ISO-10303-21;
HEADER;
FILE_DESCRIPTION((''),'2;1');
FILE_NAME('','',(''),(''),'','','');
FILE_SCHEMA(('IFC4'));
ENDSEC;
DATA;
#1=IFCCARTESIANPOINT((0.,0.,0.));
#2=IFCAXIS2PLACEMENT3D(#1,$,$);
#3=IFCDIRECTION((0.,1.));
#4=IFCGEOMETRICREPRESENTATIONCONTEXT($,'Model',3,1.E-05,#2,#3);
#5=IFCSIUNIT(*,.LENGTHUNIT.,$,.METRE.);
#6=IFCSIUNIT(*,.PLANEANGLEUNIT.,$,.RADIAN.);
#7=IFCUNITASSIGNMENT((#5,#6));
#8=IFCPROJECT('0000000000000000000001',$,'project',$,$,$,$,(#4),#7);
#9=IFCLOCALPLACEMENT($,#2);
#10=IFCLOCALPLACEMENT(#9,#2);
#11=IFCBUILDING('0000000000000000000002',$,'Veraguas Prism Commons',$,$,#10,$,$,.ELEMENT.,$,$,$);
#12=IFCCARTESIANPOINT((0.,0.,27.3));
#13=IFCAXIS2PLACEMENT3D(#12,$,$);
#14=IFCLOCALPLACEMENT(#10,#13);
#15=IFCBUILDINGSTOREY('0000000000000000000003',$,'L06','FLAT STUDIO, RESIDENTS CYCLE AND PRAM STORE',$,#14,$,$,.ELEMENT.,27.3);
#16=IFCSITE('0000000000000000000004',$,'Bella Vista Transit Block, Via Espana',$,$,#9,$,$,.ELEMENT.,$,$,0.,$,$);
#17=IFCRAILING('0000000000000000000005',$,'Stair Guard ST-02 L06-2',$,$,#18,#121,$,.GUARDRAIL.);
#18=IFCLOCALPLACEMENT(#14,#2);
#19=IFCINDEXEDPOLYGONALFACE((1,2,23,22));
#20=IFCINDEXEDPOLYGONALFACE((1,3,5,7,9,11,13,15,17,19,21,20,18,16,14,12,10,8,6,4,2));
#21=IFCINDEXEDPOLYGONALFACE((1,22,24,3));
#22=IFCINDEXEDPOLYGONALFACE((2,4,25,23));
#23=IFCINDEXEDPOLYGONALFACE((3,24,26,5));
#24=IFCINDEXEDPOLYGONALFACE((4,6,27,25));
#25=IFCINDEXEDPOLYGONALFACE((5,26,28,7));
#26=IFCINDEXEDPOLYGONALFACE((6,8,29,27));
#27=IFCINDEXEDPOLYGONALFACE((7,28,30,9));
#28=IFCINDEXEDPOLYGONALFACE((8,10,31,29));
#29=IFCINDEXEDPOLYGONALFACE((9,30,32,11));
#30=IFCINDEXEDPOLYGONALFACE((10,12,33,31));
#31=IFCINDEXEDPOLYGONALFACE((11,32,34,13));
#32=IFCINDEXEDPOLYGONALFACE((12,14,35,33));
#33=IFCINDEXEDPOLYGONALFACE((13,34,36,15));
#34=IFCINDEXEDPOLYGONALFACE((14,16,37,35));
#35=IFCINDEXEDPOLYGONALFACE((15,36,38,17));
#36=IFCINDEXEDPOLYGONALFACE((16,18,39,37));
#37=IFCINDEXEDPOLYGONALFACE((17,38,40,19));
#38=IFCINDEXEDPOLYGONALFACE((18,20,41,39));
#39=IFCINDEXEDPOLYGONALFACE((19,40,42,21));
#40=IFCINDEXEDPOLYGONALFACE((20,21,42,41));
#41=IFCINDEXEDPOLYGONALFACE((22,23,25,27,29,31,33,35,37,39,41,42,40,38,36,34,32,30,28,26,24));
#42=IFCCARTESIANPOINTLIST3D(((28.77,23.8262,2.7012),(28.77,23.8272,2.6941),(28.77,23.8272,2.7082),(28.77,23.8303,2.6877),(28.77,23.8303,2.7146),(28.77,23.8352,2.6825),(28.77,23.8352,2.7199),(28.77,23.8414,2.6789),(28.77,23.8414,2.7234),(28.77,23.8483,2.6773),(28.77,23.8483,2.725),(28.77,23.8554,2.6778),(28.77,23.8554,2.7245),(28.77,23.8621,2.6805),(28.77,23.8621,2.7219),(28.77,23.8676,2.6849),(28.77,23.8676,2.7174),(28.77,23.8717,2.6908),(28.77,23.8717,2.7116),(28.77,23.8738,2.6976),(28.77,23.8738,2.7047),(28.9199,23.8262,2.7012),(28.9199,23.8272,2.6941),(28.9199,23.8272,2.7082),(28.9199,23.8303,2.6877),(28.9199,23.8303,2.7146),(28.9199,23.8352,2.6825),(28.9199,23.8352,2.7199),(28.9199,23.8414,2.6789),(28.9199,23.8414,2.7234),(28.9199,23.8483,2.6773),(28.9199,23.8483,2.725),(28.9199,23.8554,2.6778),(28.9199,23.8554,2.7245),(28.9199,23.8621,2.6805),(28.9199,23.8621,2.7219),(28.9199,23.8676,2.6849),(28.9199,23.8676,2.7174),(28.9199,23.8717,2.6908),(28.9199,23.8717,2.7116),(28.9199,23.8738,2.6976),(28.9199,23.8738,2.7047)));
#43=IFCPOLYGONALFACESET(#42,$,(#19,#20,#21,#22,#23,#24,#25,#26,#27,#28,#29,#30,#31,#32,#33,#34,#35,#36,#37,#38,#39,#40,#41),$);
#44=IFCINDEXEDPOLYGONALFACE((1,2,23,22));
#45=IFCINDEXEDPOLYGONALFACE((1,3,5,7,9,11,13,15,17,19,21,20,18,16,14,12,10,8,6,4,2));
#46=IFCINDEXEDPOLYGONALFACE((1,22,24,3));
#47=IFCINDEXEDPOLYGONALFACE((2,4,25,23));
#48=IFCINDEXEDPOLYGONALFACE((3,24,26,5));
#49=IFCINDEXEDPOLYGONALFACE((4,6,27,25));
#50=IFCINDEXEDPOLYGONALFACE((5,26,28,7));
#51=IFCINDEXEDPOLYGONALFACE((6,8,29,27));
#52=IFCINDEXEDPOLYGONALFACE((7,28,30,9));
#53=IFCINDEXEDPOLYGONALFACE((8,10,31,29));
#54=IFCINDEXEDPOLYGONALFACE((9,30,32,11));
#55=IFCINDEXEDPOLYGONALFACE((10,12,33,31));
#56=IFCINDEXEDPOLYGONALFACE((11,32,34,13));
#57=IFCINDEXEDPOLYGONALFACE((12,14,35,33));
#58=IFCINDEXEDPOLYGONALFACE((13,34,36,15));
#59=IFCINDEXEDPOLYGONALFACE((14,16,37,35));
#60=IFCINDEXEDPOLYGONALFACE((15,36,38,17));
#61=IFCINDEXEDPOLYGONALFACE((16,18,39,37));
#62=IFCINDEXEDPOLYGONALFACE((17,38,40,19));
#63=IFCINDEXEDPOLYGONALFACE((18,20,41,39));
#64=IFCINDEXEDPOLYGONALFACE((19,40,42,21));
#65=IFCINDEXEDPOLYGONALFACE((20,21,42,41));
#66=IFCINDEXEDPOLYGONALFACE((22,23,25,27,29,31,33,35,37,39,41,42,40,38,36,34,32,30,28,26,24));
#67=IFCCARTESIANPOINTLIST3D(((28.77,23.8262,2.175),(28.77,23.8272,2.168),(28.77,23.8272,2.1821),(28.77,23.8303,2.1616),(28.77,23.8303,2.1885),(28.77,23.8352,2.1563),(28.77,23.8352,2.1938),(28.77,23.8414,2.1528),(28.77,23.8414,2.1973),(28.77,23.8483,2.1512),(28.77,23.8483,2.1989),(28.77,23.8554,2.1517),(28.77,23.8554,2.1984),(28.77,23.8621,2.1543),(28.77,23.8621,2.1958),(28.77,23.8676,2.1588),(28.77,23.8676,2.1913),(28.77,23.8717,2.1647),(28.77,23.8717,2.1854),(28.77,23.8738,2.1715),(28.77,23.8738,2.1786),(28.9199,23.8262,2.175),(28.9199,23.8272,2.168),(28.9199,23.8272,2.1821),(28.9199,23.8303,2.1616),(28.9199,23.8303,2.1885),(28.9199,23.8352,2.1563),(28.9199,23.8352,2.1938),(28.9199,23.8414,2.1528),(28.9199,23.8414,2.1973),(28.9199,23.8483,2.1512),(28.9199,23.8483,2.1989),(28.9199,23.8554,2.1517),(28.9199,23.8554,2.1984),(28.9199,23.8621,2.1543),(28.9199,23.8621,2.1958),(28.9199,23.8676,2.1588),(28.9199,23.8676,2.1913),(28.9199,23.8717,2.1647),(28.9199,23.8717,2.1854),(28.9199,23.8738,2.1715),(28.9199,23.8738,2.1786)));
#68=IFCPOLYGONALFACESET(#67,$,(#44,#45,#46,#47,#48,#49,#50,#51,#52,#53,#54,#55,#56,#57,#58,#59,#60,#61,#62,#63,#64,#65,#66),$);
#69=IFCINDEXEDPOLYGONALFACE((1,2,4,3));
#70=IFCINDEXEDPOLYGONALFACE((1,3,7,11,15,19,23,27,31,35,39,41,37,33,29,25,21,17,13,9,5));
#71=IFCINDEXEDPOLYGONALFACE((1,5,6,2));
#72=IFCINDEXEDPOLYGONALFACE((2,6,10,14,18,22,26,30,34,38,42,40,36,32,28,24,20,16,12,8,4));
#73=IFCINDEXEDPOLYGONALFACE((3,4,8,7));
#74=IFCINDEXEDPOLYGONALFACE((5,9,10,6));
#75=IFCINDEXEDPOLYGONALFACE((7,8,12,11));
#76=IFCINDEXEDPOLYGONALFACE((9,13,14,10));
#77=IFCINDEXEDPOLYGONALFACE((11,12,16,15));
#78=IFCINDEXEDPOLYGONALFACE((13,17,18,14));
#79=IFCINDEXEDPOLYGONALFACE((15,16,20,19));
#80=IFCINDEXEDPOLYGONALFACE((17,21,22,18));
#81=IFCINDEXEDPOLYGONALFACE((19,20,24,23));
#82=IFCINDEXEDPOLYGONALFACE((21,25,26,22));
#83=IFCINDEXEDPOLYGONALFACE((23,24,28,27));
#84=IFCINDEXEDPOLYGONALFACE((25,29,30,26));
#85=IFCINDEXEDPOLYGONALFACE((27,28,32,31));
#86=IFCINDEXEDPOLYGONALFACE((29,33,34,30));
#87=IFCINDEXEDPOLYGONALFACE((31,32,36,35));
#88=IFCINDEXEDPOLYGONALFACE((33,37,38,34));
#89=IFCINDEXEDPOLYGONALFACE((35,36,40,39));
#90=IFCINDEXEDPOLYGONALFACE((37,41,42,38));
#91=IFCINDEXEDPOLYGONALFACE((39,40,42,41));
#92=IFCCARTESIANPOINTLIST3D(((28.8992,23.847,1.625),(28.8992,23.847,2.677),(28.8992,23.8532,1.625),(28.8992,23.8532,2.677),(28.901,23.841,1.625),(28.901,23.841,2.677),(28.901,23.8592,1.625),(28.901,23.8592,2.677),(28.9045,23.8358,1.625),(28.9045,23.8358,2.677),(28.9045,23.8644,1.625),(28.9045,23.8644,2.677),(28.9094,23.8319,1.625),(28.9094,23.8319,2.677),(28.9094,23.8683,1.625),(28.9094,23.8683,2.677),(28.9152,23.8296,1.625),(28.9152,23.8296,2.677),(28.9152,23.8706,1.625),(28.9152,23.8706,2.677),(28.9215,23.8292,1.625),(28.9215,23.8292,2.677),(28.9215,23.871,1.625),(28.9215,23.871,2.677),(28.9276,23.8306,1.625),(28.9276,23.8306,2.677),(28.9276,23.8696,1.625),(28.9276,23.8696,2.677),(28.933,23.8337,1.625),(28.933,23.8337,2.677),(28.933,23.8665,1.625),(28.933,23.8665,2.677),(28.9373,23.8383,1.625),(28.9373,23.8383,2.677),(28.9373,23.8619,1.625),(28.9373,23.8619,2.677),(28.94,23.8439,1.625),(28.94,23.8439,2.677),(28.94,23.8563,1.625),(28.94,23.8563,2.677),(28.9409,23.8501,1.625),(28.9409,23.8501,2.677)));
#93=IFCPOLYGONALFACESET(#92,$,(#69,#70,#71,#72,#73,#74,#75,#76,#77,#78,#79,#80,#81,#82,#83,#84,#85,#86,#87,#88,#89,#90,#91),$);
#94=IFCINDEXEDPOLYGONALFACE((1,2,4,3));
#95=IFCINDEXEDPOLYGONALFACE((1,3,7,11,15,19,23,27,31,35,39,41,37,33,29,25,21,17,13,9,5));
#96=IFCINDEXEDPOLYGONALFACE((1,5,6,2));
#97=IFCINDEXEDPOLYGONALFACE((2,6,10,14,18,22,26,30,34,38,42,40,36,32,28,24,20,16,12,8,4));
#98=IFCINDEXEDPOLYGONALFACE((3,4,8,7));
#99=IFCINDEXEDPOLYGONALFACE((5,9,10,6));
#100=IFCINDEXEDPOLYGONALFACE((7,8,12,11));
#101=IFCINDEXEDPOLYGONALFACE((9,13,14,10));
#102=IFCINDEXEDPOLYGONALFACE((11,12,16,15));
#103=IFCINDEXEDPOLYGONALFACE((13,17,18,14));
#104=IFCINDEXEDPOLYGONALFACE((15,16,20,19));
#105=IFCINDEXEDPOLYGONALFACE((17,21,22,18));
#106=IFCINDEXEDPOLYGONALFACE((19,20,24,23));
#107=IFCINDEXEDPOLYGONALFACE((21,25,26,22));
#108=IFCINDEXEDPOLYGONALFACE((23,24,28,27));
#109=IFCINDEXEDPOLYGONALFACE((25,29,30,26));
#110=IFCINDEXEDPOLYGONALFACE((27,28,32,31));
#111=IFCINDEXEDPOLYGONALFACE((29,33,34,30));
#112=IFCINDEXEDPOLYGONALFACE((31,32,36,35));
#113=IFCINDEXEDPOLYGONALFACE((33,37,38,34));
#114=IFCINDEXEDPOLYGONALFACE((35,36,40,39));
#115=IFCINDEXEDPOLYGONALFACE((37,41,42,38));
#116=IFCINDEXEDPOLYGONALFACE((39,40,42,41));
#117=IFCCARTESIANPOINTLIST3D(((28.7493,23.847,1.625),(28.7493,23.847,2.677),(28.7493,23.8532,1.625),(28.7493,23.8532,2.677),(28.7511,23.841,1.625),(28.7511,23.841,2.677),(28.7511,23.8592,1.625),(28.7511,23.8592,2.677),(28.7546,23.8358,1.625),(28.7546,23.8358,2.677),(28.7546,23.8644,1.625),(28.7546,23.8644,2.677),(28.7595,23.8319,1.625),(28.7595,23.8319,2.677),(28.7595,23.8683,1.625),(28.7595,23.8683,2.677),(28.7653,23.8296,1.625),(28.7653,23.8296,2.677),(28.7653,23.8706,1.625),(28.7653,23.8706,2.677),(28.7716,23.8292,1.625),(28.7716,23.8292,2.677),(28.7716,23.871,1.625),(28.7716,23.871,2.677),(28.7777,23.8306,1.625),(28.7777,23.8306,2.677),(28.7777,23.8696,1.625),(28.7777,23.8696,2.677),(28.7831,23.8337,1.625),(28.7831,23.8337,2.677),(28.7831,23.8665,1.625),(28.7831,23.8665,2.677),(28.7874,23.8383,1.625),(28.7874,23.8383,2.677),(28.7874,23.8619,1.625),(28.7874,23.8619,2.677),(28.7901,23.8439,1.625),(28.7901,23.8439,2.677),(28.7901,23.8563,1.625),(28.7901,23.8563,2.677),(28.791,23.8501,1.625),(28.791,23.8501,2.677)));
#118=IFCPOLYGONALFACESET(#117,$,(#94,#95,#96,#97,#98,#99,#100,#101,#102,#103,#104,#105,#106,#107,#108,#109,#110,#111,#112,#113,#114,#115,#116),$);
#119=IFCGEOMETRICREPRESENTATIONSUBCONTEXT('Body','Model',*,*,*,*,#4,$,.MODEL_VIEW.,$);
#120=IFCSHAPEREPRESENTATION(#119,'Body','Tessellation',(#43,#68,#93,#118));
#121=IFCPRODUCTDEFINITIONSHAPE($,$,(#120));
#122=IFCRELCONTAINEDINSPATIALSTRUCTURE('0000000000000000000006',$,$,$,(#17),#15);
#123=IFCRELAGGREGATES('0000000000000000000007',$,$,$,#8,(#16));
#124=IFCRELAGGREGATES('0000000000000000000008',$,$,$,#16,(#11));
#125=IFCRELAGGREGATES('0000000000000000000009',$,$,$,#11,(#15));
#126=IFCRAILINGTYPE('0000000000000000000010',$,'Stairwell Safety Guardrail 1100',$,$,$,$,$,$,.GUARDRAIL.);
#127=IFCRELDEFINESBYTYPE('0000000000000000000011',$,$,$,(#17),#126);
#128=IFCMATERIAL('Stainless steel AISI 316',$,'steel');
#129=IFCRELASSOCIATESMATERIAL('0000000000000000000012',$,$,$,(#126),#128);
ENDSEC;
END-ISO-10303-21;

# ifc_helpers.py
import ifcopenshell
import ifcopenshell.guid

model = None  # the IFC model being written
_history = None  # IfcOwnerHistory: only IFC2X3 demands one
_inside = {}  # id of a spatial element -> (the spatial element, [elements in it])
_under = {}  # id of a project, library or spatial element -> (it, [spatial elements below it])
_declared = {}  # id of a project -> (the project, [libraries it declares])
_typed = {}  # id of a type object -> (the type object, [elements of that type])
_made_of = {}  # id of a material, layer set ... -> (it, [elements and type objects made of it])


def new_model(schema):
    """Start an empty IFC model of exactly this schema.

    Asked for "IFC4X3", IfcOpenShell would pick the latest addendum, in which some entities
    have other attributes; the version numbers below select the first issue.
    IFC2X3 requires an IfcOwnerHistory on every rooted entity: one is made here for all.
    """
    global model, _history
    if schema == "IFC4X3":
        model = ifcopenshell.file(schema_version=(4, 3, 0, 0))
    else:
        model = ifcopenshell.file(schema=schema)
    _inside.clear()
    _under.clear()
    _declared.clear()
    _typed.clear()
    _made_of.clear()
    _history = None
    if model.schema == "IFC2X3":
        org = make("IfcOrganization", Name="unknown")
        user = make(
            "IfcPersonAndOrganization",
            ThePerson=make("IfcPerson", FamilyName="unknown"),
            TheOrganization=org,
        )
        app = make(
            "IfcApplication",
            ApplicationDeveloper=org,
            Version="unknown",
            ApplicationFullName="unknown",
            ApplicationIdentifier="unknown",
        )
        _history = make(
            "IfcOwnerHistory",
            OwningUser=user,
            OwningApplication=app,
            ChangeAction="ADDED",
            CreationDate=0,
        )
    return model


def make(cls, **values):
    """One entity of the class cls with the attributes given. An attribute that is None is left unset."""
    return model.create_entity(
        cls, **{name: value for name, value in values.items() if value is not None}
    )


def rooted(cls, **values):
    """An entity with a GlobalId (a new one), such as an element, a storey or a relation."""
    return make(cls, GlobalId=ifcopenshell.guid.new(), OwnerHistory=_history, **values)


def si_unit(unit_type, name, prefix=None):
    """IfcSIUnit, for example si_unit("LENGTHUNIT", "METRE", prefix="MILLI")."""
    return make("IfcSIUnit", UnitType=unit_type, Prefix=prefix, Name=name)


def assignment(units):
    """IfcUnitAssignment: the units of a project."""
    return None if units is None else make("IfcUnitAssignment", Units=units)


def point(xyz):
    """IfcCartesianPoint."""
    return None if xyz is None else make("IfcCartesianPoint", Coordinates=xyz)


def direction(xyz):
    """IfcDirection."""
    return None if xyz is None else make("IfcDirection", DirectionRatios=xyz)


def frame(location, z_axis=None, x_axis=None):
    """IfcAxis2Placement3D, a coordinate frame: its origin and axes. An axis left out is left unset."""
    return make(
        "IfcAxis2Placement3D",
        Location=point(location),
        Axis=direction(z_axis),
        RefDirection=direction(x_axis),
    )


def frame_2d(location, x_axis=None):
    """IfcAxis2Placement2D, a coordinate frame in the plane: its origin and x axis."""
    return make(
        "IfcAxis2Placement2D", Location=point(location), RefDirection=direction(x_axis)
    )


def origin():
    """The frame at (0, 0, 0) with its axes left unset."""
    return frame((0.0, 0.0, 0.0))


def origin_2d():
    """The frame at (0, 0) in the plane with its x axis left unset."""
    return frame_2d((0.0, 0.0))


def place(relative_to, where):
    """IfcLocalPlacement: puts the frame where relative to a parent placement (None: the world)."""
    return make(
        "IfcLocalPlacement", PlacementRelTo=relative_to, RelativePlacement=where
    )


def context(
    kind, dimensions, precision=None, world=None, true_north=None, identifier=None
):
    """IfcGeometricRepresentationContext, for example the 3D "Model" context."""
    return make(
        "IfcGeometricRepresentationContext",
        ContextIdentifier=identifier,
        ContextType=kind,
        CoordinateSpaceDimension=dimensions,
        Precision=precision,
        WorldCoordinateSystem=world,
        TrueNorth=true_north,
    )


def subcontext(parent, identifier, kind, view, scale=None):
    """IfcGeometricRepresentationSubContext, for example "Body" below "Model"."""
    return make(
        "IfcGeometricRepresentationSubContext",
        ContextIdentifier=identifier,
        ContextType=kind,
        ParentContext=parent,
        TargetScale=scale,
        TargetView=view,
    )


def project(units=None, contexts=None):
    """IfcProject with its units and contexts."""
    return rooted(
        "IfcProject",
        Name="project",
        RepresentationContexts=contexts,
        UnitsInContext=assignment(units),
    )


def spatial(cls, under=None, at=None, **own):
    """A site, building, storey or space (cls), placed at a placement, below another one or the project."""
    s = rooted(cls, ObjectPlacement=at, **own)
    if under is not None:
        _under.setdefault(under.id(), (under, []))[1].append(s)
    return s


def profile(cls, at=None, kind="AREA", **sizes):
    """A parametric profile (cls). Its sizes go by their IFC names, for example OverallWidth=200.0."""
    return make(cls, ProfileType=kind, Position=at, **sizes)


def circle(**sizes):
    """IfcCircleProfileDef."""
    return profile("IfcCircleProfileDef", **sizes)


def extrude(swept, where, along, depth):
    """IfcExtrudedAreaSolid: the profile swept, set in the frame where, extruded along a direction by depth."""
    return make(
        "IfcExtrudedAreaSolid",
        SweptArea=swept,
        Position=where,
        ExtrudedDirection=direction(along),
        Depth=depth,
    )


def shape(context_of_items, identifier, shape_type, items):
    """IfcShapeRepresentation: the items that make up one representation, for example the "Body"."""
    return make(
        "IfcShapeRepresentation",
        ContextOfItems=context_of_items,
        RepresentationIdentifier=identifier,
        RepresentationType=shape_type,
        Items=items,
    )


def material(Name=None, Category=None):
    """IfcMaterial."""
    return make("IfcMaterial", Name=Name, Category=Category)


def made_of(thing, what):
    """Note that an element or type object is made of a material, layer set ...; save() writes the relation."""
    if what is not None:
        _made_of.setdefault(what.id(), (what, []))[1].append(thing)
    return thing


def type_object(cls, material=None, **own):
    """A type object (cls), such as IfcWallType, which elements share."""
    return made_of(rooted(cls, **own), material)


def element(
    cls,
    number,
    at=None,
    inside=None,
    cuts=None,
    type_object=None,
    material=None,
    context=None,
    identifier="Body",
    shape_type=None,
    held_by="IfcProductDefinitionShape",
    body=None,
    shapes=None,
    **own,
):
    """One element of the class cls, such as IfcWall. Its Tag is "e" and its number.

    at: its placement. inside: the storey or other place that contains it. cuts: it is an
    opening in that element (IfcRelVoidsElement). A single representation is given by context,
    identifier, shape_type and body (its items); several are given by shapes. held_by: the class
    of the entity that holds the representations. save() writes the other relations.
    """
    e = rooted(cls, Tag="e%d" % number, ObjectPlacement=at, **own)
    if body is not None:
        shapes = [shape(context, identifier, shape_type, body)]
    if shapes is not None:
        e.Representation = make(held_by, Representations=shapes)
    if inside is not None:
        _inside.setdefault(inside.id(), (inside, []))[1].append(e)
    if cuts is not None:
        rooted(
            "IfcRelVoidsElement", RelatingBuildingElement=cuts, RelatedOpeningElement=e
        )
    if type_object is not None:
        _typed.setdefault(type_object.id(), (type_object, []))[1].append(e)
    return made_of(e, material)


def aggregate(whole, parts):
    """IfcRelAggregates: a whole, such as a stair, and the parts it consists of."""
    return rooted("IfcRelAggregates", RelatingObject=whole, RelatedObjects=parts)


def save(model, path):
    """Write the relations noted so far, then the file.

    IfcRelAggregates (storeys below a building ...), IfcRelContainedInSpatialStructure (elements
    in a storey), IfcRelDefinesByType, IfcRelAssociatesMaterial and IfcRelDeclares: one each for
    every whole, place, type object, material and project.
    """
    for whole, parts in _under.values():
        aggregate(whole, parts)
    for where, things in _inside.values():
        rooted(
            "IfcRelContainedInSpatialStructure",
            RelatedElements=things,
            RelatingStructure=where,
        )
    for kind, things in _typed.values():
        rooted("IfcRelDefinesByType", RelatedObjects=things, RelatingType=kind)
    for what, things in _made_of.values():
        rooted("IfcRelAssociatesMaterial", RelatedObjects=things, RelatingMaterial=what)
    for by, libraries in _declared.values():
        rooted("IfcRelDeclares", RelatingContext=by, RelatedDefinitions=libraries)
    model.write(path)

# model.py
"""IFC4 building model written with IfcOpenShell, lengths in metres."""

from ifc_helpers import new_model, si_unit, direction, frame, origin, origin_2d, place, context, subcontext, project, spatial, circle, extrude, material, type_object, element, save


model = new_model("IFC4")

# Units and contexts
model_context = context("Model", 3, precision=1e-05, world=origin(), true_north=direction((0.0, 1.0)))
body_context = subcontext(model_context, "Body", "Model", "MODEL_VIEW")
ifc_project = project(units=[si_unit("LENGTHUNIT", "METRE"), si_unit("PLANEANGLEUNIT", "RADIAN")], contexts=[model_context])

# Site, building, storey
site_placement = place(None, origin())
site = spatial("IfcSite", under=ifc_project, at=site_placement, Name="Bella Vista Transit Block, Via Espana", CompositionType="ELEMENT", RefElevation=0.0)
building_placement = place(site_placement, origin())
building = spatial("IfcBuilding", under=site, at=building_placement, Name="Veraguas Prism Commons", CompositionType="ELEMENT")
storey_placement = place(building_placement, frame((0.0, 0.0, 27.3)))
storey = spatial("IfcBuildingStorey", under=building, at=storey_placement, Name="L06", Description="FLAT STUDIO, RESIDENTS CYCLE AND PRAM STORE", CompositionType="ELEMENT", Elevation=27.3)

# Shared definitions
ifc_material_1 = material(Name="Stainless steel AISI 316", Category="steel")

# Railing
railing_type_1 = type_object("IfcRailingType", Name="Stairwell Safety Guardrail 1100", PredefinedType="GUARDRAIL", material=ifc_material_1)
railing_1_placement = place(storey_placement, frame((28.9199, 23.8501, 1.625)))
element("IfcRailing", 1, at=railing_1_placement, inside=storey, type_object=railing_type_1, Name="Stair Guard ST-02 L06-2", PredefinedType="GUARDRAIL", context=body_context, shape_type="SweptSolid", body=[
    extrude(circle(Radius=0.0239, at=origin_2d()), frame((0.0, 0.0, 1.0762), z_axis=(-1.0, 0.0, 0.0), x_axis=(0.0, -1.0, 0.0)), (0.0, 0.0, 1.0), 0.1499),
    extrude(circle(Radius=0.0239, at=origin_2d()), frame((0.0, 0.0, 0.55), z_axis=(-1.0, 0.0, 0.0), x_axis=(0.0, -1.0, 0.0)), (0.0, 0.0, 1.0), 0.1499),
    extrude(circle(Radius=0.021, at=origin_2d()), origin(), (0.0, 0.0, 1.0), 1.052),
    extrude(circle(Radius=0.021, at=origin_2d()), frame((-0.1499, 0.0, 0.0)), (0.0, 0.0, 1.0), 1.052),
])

save(model, "model.ifc")
